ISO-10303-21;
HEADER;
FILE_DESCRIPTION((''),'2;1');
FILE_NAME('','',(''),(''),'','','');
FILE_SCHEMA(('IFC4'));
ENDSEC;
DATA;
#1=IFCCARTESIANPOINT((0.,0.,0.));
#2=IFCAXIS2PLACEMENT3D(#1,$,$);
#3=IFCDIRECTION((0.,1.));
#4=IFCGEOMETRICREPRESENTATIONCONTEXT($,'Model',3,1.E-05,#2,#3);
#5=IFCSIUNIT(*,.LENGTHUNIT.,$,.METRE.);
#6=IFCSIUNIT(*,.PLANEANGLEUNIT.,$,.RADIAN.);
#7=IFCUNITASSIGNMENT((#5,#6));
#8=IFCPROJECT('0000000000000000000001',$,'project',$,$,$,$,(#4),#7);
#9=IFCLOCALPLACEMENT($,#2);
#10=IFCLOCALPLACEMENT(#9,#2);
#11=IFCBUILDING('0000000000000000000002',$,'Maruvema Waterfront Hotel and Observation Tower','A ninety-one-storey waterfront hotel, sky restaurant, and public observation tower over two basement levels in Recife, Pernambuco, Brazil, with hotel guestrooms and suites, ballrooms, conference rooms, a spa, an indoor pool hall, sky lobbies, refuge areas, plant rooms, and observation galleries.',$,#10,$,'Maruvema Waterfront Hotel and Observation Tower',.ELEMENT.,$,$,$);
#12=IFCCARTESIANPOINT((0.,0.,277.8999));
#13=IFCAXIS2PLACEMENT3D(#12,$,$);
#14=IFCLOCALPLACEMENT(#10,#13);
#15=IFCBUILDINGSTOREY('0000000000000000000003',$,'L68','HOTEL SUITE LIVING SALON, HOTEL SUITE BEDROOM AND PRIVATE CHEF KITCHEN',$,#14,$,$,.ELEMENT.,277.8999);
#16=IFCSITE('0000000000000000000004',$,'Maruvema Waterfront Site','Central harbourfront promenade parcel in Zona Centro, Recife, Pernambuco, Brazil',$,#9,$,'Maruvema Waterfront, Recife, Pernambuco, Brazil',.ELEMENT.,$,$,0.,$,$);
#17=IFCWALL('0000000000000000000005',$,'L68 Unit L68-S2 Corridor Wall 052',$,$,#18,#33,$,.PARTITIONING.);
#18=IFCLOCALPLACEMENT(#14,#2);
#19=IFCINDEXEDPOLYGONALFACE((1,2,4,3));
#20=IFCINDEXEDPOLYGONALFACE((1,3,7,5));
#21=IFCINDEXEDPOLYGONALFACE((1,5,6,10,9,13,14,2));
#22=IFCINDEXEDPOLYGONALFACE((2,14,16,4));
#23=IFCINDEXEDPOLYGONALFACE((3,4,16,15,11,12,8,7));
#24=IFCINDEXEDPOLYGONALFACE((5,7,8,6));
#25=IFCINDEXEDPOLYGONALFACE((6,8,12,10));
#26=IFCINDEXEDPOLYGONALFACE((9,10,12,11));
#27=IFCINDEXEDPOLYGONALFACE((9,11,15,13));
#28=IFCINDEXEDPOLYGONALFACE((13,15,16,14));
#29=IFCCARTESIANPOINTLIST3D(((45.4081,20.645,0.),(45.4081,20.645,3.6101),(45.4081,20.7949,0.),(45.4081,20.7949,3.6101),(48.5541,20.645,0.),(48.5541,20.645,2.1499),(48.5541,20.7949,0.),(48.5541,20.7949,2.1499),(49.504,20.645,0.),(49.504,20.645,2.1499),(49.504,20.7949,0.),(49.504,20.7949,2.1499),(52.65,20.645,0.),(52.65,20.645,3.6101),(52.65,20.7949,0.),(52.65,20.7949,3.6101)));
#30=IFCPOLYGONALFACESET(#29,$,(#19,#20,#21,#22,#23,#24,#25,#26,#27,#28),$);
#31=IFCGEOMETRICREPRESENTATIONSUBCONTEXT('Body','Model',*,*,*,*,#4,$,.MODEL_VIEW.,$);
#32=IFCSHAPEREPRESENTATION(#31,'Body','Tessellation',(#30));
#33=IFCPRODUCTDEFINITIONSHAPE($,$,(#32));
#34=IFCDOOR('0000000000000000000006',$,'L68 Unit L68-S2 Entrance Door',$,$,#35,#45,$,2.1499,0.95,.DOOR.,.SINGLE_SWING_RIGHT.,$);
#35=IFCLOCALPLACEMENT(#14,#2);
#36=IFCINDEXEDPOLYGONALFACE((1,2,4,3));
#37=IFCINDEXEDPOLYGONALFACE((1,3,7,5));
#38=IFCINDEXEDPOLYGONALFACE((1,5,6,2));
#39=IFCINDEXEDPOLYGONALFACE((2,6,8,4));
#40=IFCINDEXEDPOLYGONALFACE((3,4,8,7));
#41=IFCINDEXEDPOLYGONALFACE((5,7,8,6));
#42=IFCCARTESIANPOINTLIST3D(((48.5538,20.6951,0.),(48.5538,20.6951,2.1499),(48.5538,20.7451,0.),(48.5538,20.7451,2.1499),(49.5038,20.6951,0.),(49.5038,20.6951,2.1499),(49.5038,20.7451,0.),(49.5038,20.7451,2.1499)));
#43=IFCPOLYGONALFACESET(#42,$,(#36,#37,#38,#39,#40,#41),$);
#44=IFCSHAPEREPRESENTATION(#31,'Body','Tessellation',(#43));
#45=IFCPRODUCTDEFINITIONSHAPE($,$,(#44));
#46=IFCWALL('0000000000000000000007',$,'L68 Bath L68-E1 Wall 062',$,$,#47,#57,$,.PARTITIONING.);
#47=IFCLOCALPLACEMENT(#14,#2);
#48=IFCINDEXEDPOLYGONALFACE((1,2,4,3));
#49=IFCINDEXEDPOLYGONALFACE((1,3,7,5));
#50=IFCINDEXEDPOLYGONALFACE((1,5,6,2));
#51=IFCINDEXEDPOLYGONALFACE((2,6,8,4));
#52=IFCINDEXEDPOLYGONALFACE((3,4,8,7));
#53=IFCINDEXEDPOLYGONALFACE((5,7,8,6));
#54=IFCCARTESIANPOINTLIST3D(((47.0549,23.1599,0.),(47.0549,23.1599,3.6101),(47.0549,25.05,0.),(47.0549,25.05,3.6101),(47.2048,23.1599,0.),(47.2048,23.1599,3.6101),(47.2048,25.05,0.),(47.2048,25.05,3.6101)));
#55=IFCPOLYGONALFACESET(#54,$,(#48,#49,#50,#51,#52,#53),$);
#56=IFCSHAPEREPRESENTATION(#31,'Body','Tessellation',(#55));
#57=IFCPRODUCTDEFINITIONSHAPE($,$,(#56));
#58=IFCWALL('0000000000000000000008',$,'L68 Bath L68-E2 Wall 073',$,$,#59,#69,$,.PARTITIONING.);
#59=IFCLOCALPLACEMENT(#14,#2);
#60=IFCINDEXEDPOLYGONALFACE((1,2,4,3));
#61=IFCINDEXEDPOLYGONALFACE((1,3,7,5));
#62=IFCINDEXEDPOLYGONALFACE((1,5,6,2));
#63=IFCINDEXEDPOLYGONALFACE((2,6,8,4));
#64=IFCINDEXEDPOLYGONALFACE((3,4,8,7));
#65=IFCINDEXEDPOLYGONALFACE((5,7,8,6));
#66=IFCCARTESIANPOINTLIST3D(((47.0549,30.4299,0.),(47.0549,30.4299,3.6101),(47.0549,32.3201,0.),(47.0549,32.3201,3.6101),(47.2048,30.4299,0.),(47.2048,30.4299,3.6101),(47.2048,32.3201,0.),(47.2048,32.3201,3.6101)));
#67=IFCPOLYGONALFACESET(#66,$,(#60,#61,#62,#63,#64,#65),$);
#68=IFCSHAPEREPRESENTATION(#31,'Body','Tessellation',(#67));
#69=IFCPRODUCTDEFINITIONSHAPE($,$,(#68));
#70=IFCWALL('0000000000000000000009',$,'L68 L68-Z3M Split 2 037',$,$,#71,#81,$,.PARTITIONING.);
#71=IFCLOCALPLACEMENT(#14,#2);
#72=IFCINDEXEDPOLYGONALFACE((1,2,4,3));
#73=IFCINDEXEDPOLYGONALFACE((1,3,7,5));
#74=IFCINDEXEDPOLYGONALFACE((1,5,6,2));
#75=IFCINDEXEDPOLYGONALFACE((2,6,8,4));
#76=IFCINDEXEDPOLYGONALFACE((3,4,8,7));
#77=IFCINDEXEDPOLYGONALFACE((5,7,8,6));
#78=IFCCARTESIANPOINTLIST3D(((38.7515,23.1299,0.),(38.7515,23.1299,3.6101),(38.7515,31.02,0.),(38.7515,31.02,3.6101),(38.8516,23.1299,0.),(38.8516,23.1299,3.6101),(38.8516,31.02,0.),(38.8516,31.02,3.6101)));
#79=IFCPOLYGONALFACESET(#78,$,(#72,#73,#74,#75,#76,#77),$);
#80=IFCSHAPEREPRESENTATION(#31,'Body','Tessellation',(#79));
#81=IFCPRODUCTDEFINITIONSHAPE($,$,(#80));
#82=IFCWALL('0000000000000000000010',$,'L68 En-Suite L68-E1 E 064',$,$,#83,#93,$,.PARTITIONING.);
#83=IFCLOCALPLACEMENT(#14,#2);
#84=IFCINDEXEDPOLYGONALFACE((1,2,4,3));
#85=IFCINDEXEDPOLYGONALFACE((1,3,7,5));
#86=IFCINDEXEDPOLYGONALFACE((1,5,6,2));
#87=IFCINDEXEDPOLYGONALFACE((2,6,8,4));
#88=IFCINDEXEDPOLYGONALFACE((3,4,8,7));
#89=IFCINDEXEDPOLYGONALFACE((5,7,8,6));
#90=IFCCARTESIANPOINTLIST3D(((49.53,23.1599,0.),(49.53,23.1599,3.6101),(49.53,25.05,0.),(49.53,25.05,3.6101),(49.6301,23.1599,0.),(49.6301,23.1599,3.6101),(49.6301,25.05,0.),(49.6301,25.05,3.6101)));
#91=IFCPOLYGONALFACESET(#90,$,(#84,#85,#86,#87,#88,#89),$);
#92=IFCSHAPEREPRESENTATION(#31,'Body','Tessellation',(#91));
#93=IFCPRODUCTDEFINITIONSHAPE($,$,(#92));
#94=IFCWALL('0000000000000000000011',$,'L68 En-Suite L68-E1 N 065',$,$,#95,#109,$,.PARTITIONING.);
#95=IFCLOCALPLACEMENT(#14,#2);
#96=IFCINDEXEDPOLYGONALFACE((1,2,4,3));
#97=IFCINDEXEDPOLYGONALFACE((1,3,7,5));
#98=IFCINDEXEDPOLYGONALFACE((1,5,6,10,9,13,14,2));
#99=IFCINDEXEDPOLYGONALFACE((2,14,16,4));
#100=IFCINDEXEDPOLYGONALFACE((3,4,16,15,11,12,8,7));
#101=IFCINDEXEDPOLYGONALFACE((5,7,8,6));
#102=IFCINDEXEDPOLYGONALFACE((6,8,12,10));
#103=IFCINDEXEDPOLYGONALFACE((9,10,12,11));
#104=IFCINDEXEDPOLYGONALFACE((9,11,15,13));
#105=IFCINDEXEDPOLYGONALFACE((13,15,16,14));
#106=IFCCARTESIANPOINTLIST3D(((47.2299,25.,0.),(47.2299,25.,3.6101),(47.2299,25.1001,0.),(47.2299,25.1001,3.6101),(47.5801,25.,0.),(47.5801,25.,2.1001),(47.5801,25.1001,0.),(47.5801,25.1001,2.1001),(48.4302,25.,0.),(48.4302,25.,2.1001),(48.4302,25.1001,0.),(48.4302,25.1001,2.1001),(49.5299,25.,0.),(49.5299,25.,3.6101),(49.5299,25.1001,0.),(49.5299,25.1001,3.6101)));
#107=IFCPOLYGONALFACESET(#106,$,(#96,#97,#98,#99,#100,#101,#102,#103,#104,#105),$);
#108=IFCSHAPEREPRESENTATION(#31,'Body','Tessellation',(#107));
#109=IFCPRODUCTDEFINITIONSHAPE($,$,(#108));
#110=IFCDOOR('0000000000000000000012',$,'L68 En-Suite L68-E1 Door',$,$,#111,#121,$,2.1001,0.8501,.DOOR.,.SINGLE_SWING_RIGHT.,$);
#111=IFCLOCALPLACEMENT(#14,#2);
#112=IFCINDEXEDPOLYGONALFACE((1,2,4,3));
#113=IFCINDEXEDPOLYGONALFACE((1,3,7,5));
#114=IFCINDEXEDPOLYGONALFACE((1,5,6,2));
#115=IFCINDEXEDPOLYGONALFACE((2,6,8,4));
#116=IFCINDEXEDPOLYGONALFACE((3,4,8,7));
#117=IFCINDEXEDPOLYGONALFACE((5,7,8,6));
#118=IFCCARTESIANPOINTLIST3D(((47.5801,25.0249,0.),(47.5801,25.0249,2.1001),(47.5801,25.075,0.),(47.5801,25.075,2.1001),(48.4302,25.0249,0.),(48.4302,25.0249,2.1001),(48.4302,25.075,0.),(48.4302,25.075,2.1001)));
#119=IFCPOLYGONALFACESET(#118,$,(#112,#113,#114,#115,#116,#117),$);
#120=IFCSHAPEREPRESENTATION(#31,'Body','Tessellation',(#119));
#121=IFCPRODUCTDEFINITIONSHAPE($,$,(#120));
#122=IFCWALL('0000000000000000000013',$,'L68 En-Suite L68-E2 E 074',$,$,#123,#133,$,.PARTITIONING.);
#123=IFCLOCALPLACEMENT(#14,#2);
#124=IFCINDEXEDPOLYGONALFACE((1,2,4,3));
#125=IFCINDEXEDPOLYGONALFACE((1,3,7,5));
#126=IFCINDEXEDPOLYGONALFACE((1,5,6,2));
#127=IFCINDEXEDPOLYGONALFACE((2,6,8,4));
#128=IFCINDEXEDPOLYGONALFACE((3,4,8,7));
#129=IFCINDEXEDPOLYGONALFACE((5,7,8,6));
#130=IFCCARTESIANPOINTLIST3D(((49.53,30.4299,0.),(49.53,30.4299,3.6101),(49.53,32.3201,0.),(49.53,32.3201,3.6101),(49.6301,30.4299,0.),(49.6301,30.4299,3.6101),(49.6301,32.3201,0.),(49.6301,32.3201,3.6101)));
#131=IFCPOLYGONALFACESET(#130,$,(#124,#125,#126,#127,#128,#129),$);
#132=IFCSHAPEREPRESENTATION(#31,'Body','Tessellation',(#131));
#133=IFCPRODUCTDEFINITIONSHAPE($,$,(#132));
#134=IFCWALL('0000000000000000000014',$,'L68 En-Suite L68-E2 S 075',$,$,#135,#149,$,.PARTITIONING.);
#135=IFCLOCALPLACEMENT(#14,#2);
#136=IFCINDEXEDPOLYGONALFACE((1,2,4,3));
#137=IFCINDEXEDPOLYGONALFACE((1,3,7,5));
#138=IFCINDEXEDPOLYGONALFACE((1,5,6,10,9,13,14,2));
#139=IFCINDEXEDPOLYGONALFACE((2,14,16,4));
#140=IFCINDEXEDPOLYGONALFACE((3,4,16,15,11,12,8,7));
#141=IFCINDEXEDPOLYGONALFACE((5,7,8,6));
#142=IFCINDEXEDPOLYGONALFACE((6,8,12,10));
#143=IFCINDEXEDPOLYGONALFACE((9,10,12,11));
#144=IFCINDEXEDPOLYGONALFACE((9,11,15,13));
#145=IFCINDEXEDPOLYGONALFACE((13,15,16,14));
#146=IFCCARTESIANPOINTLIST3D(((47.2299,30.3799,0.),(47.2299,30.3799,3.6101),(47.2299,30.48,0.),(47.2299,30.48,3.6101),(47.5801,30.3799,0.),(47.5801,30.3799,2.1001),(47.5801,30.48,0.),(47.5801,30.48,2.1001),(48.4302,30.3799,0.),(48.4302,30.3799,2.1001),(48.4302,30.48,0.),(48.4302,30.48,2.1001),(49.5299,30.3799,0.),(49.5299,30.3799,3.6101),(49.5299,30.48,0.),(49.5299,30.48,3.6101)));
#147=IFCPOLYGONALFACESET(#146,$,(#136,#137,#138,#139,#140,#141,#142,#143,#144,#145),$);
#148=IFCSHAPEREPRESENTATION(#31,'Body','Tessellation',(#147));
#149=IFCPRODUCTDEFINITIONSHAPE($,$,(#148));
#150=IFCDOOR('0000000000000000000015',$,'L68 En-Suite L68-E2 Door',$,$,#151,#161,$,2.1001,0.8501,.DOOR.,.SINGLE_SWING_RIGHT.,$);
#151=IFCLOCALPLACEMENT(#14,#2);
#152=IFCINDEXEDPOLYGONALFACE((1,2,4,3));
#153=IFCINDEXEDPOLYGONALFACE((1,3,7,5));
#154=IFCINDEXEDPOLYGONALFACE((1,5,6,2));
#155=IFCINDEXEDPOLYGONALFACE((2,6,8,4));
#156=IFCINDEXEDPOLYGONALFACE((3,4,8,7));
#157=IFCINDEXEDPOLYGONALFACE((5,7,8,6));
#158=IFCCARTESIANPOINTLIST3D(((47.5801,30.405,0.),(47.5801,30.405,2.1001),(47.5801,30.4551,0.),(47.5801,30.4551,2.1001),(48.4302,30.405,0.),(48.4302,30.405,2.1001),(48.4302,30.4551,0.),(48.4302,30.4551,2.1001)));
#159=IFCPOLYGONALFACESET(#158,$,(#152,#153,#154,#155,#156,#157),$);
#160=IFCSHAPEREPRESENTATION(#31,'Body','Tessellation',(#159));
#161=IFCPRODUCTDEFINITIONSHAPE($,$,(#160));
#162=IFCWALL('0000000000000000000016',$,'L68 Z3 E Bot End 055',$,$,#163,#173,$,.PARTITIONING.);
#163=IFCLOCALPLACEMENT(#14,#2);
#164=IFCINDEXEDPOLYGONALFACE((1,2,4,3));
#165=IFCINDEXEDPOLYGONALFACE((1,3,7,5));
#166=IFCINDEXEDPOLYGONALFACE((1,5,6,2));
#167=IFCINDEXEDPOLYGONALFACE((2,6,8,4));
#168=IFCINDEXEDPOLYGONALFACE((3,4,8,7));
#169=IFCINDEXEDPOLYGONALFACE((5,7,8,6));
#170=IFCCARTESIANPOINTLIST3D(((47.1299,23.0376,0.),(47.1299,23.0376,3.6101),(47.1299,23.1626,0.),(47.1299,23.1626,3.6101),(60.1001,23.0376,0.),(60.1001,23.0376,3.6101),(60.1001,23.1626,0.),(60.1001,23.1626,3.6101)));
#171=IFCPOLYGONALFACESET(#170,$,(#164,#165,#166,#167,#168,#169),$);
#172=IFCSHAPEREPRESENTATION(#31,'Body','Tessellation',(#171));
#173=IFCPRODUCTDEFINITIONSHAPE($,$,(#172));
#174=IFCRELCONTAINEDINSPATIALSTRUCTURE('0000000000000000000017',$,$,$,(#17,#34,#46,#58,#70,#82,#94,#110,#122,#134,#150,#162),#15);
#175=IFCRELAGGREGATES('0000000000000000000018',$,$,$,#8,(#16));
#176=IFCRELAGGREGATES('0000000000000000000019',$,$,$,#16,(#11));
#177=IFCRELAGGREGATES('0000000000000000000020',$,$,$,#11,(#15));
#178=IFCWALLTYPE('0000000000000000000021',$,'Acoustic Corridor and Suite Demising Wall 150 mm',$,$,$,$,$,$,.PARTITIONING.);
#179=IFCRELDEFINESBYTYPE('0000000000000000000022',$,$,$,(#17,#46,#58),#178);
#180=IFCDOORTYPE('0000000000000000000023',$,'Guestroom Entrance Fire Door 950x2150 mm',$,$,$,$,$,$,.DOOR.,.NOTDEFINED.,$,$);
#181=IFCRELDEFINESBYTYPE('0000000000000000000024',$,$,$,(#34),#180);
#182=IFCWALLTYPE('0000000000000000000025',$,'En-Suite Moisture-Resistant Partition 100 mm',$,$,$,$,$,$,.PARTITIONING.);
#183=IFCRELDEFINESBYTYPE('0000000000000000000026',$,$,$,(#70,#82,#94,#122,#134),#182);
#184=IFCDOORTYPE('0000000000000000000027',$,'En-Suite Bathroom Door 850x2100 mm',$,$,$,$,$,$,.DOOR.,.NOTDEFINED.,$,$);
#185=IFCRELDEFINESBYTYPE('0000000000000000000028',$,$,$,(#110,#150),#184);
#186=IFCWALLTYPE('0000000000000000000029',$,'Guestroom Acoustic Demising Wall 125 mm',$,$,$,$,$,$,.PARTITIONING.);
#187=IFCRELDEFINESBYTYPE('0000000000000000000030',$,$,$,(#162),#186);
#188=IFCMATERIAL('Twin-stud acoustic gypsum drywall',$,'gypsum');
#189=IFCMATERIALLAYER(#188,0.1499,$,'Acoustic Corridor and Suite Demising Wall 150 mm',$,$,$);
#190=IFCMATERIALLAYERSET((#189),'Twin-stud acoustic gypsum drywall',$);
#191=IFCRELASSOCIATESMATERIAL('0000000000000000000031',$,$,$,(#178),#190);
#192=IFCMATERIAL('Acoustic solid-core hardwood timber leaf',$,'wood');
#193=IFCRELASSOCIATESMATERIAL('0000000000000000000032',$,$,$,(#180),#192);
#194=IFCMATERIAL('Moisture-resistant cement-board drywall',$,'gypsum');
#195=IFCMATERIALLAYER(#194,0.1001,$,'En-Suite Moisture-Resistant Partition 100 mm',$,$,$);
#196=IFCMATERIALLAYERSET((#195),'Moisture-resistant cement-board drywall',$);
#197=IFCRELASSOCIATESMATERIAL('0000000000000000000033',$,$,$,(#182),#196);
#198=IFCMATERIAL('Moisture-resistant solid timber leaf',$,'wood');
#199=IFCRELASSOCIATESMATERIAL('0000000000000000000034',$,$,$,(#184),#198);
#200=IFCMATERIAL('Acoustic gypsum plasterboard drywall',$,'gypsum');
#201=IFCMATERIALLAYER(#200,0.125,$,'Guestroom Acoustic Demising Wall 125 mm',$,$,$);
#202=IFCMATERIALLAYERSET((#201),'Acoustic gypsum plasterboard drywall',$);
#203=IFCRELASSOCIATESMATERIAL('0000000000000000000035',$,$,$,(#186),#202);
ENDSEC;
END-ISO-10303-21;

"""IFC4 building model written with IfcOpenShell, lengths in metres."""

from ifc_helpers import new_model, si_unit, direction, frame, frame_2d, origin, place, context, subcontext, project, spatial, rectangle, extrude, material, layer, layer_set, type_object, element, fill, save


model = new_model("IFC4")

# Units and contexts
model_context = context("Model", 3, precision=1e-05, world=origin(), true_north=direction((0.0, 1.0)))
body_context = subcontext(model_context, "Body", "Model", "MODEL_VIEW")
ifc_project = project(units=[si_unit("LENGTHUNIT", "METRE"), si_unit("PLANEANGLEUNIT", "RADIAN")], contexts=[model_context])

# Site, building, storey
site_placement = place(None, origin())
site = spatial("IfcSite", under=ifc_project, at=site_placement, Name="Maruvema Waterfront Site", Description="Central harbourfront promenade parcel in Zona Centro, Recife, Pernambuco, Brazil", LongName="Maruvema Waterfront, Recife, Pernambuco, Brazil", CompositionType="ELEMENT", RefElevation=0.0)
building_placement = place(site_placement, origin())
building = spatial("IfcBuilding", under=site, at=building_placement, Name="Maruvema Waterfront Hotel and Observation Tower", Description="A ninety-one-storey waterfront hotel, sky restaurant, and public observation tower over two basement levels in Recife, Pernambuco, Brazil, with hotel guestrooms and suites, ballrooms, conference rooms, a spa, an indoor pool hall, sky lobbies, refuge areas, plant rooms, and observation galleries.", LongName="Maruvema Waterfront Hotel and Observation Tower", CompositionType="ELEMENT")
storey_placement = place(building_placement, frame((0.0, 0.0, 277.8999)))
storey = spatial("IfcBuildingStorey", under=building, at=storey_placement, Name="L68", Description="HOTEL SUITE LIVING SALON, HOTEL SUITE BEDROOM AND PRIVATE CHEF KITCHEN", CompositionType="ELEMENT", Elevation=277.8999)

# Shared definitions
ifc_material_1 = material(Name="Twin-stud acoustic gypsum drywall", Category="gypsum")
ifc_layer_1 = layer(ifc_material_1, 0.1499, Name="Acoustic Corridor and Suite Demising Wall 150 mm")
ifc_layer_set_1 = layer_set([ifc_layer_1], Name="Twin-stud acoustic gypsum drywall")
wall_type_1 = type_object("IfcWallType", Name="Acoustic Corridor and Suite Demising Wall 150 mm", PredefinedType="PARTITIONING", material=ifc_layer_set_1)

# Wall, opening, door
wall_1_placement = place(storey_placement, frame((45.408, 20.72, 0.0), z_axis=(0.0, 0.0, 1.0), x_axis=(1.0, 0.0, 0.0)))
wall_1 = element("IfcWall", 1, at=wall_1_placement, inside=storey, type_object=wall_type_1, Name="L68 Unit L68-S2 Corridor Wall 052", PredefinedType="PARTITIONING", context=body_context, shape_type="SweptSolid", body=[
    extrude(rectangle(XDim=7.2419, YDim=0.1499, at=frame_2d((3.6211, 0.0))), origin(), (0.0, 0.0, 1.0), 3.6101),
])
opening_1_placement = place(wall_1_placement, frame((3.146, 0.0, 0.0)))
opening_1 = element("IfcOpeningElement", 2, at=opening_1_placement, cuts=wall_1, PredefinedType="OPENING", context=body_context, shape_type="SweptSolid", body=[
    extrude(rectangle(XDim=0.95, YDim=2.1499, at=frame_2d((0.4751, 1.075))), frame((0.0, 0.085, 0.0), z_axis=(0.0, -1.0, 0.0), x_axis=(1.0, 0.0, 0.0)), (0.0, 0.0, 1.0), 0.1699),
])
ifc_material_2 = material(Name="Acoustic solid-core hardwood timber leaf", Category="wood")
door_type_1 = type_object("IfcDoorType", Name="Guestroom Entrance Fire Door 950x2150 mm", OperationType="NOTDEFINED", PredefinedType="DOOR", material=ifc_material_2)
door_1_placement = place(opening_1_placement, frame((0.95, 0.0, 0.0), z_axis=(0.0, 0.0, 1.0), x_axis=(-1.0, 0.0, 0.0)))
door_1 = element("IfcDoor", 3, at=door_1_placement, inside=storey, type_object=door_type_1, Name="L68 Unit L68-S2 Entrance Door", OperationType="SINGLE_SWING_RIGHT", OverallHeight=2.1499, OverallWidth=0.95, PredefinedType="DOOR", context=body_context, shape_type="SweptSolid", body=[
    extrude(rectangle(XDim=0.95, YDim=2.1499, at=frame_2d((0.4751, 1.075))), frame((0.0, 0.0249, 0.0), z_axis=(0.0, -1.0, 0.0), x_axis=(1.0, 0.0, 0.0)), (0.0, 0.0, 1.0), 0.05),
])
fill(opening_1, door_1)

# Wall
wall_2_placement = place(storey_placement, frame((47.1299, 23.1599, 0.0), z_axis=(0.0, 0.0, 1.0), x_axis=(0.0, 1.0, 0.0)))
element("IfcWall", 4, at=wall_2_placement, inside=storey, type_object=wall_type_1, Name="L68 Bath L68-E1 Wall 062", PredefinedType="PARTITIONING", context=body_context, shape_type="SweptSolid", body=[
    extrude(rectangle(XDim=1.8901, YDim=0.1499, at=frame_2d((0.9451, 0.0))), origin(), (0.0, 0.0, 1.0), 3.6101),
])

# Walls
wall_3_placement = place(storey_placement, frame((47.1299, 30.4299, 0.0), z_axis=(0.0, 0.0, 1.0), x_axis=(0.0, 1.0, 0.0)))
element("IfcWall", 5, at=wall_3_placement, inside=storey, type_object=wall_type_1, Name="L68 Bath L68-E2 Wall 073", PredefinedType="PARTITIONING", context=body_context, shape_type="SweptSolid", body=[
    extrude(rectangle(XDim=1.8901, YDim=0.1499, at=frame_2d((0.9451, 0.0))), origin(), (0.0, 0.0, 1.0), 3.6101),
])
ifc_material_3 = material(Name="Moisture-resistant cement-board drywall", Category="gypsum")
ifc_layer_2 = layer(ifc_material_3, 0.1001, Name="En-Suite Moisture-Resistant Partition 100 mm")
ifc_layer_set_2 = layer_set([ifc_layer_2], Name="Moisture-resistant cement-board drywall")
wall_type_2 = type_object("IfcWallType", Name="En-Suite Moisture-Resistant Partition 100 mm", PredefinedType="PARTITIONING", material=ifc_layer_set_2)
wall_4_placement = place(storey_placement, frame((38.8015, 23.1299, 0.0), z_axis=(0.0, 0.0, 1.0), x_axis=(0.0, 1.0, 0.0)))
element("IfcWall", 6, at=wall_4_placement, inside=storey, type_object=wall_type_2, Name="L68 L68-Z3M Split 2 037", PredefinedType="PARTITIONING", context=body_context, shape_type="SweptSolid", body=[
    extrude(rectangle(XDim=7.8901, YDim=0.1001, at=frame_2d((3.9451, 0.0))), origin(), (0.0, 0.0, 1.0), 3.6101),
])
wall_5_placement = place(storey_placement, frame((49.5801, 23.1599, 0.0), z_axis=(0.0, 0.0, 1.0), x_axis=(0.0, 1.0, 0.0)))
element("IfcWall", 7, at=wall_5_placement, inside=storey, type_object=wall_type_2, Name="L68 En-Suite L68-E1 E 064", PredefinedType="PARTITIONING", context=body_context, shape_type="SweptSolid", body=[
    extrude(rectangle(XDim=1.8901, YDim=0.1001, at=frame_2d((0.9451, 0.0))), origin(), (0.0, 0.0, 1.0), 3.6101),
])

# Wall, opening, door
wall_6_placement = place(storey_placement, frame((47.23, 25.05, 0.0), z_axis=(0.0, 0.0, 1.0), x_axis=(1.0, 0.0, 0.0)))
wall_6 = element("IfcWall", 8, at=wall_6_placement, inside=storey, type_object=wall_type_2, Name="L68 En-Suite L68-E1 N 065", PredefinedType="PARTITIONING", context=body_context, shape_type="SweptSolid", body=[
    extrude(rectangle(XDim=2.3, YDim=0.1001, at=frame_2d((1.1499, 0.0))), origin(), (0.0, 0.0, 1.0), 3.6101),
])
opening_2_placement = place(wall_6_placement, frame((0.3501, 0.0, 0.0)))
opening_2 = element("IfcOpeningElement", 9, at=opening_2_placement, cuts=wall_6, PredefinedType="OPENING", context=body_context, shape_type="SweptSolid", body=[
    extrude(rectangle(XDim=0.8501, YDim=2.1001, at=frame_2d((0.425, 1.05))), frame((0.0, 0.0601, 0.0), z_axis=(0.0, -1.0, 0.0), x_axis=(1.0, 0.0, 0.0)), (0.0, 0.0, 1.0), 0.1201),
])
ifc_material_4 = material(Name="Moisture-resistant solid timber leaf", Category="wood")
door_type_2 = type_object("IfcDoorType", Name="En-Suite Bathroom Door 850x2100 mm", OperationType="NOTDEFINED", PredefinedType="DOOR", material=ifc_material_4)
door_2_placement = place(opening_2_placement, origin())
door_2 = element("IfcDoor", 10, at=door_2_placement, inside=storey, type_object=door_type_2, Name="L68 En-Suite L68-E1 Door", OperationType="SINGLE_SWING_RIGHT", OverallHeight=2.1001, OverallWidth=0.8501, PredefinedType="DOOR", context=body_context, shape_type="SweptSolid", body=[
    extrude(rectangle(XDim=0.8501, YDim=2.1001, at=frame_2d((0.425, 1.05))), frame((0.0, 0.0249, 0.0), z_axis=(0.0, -1.0, 0.0), x_axis=(1.0, 0.0, 0.0)), (0.0, 0.0, 1.0), 0.05),
])
fill(opening_2, door_2)

# Wall
wall_7_placement = place(storey_placement, frame((49.5801, 30.4299, 0.0), z_axis=(0.0, 0.0, 1.0), x_axis=(0.0, 1.0, 0.0)))
element("IfcWall", 11, at=wall_7_placement, inside=storey, type_object=wall_type_2, Name="L68 En-Suite L68-E2 E 074", PredefinedType="PARTITIONING", context=body_context, shape_type="SweptSolid", body=[
    extrude(rectangle(XDim=1.8901, YDim=0.1001, at=frame_2d((0.9451, 0.0))), origin(), (0.0, 0.0, 1.0), 3.6101),
])

# Wall, opening, door
wall_8_placement = place(storey_placement, frame((47.23, 30.4299, 0.0), z_axis=(0.0, 0.0, 1.0), x_axis=(1.0, 0.0, 0.0)))
wall_8 = element("IfcWall", 12, at=wall_8_placement, inside=storey, type_object=wall_type_2, Name="L68 En-Suite L68-E2 S 075", PredefinedType="PARTITIONING", context=body_context, shape_type="SweptSolid", body=[
    extrude(rectangle(XDim=2.3, YDim=0.1001, at=frame_2d((1.1499, 0.0))), origin(), (0.0, 0.0, 1.0), 3.6101),
])
opening_3_placement = place(wall_8_placement, frame((0.3501, 0.0, 0.0)))
opening_3 = element("IfcOpeningElement", 13, at=opening_3_placement, cuts=wall_8, PredefinedType="OPENING", context=body_context, shape_type="SweptSolid", body=[
    extrude(rectangle(XDim=0.8501, YDim=2.1001, at=frame_2d((0.425, 1.05))), frame((0.0, 0.0601, 0.0), z_axis=(0.0, -1.0, 0.0), x_axis=(1.0, 0.0, 0.0)), (0.0, 0.0, 1.0), 0.1201),
])
door_3_placement = place(opening_3_placement, frame((0.8501, 0.0, 0.0), z_axis=(0.0, 0.0, 1.0), x_axis=(-1.0, 0.0, 0.0)))
door_3 = element("IfcDoor", 14, at=door_3_placement, inside=storey, type_object=door_type_2, Name="L68 En-Suite L68-E2 Door", OperationType="SINGLE_SWING_RIGHT", OverallHeight=2.1001, OverallWidth=0.8501, PredefinedType="DOOR", context=body_context, shape_type="SweptSolid", body=[
    extrude(rectangle(XDim=0.8501, YDim=2.1001, at=frame_2d((0.425, 1.05))), frame((0.0, 0.0249, 0.0), z_axis=(0.0, -1.0, 0.0), x_axis=(1.0, 0.0, 0.0)), (0.0, 0.0, 1.0), 0.05),
])
fill(opening_3, door_3)

# Wall
ifc_material_5 = material(Name="Acoustic gypsum plasterboard drywall", Category="gypsum")
ifc_layer_3 = layer(ifc_material_5, 0.125, Name="Guestroom Acoustic Demising Wall 125 mm")
ifc_layer_set_3 = layer_set([ifc_layer_3], Name="Acoustic gypsum plasterboard drywall")
wall_type_3 = type_object("IfcWallType", Name="Guestroom Acoustic Demising Wall 125 mm", PredefinedType="PARTITIONING", material=ifc_layer_set_3)
for number, where, z_axis, x_axis, name in (
    (15, (47.1299, 23.1001, 0.0), (0.0, 0.0, 1.0), (1.0, 0.0, 0.0), "L68 Z3 E Bot End 055"),
):
    element("IfcWall", number, at=place(storey_placement, frame(where, z_axis=z_axis, x_axis=x_axis)), inside=storey, type_object=wall_type_3, Name=name, PredefinedType="PARTITIONING", context=body_context, shape_type="SweptSolid", body=[
        extrude(rectangle(XDim=12.9702, YDim=0.125, at=frame_2d((6.4851, 0.0))), origin(), (0.0, 0.0, 1.0), 3.6101),
    ])

save(model, "model.ifc")
